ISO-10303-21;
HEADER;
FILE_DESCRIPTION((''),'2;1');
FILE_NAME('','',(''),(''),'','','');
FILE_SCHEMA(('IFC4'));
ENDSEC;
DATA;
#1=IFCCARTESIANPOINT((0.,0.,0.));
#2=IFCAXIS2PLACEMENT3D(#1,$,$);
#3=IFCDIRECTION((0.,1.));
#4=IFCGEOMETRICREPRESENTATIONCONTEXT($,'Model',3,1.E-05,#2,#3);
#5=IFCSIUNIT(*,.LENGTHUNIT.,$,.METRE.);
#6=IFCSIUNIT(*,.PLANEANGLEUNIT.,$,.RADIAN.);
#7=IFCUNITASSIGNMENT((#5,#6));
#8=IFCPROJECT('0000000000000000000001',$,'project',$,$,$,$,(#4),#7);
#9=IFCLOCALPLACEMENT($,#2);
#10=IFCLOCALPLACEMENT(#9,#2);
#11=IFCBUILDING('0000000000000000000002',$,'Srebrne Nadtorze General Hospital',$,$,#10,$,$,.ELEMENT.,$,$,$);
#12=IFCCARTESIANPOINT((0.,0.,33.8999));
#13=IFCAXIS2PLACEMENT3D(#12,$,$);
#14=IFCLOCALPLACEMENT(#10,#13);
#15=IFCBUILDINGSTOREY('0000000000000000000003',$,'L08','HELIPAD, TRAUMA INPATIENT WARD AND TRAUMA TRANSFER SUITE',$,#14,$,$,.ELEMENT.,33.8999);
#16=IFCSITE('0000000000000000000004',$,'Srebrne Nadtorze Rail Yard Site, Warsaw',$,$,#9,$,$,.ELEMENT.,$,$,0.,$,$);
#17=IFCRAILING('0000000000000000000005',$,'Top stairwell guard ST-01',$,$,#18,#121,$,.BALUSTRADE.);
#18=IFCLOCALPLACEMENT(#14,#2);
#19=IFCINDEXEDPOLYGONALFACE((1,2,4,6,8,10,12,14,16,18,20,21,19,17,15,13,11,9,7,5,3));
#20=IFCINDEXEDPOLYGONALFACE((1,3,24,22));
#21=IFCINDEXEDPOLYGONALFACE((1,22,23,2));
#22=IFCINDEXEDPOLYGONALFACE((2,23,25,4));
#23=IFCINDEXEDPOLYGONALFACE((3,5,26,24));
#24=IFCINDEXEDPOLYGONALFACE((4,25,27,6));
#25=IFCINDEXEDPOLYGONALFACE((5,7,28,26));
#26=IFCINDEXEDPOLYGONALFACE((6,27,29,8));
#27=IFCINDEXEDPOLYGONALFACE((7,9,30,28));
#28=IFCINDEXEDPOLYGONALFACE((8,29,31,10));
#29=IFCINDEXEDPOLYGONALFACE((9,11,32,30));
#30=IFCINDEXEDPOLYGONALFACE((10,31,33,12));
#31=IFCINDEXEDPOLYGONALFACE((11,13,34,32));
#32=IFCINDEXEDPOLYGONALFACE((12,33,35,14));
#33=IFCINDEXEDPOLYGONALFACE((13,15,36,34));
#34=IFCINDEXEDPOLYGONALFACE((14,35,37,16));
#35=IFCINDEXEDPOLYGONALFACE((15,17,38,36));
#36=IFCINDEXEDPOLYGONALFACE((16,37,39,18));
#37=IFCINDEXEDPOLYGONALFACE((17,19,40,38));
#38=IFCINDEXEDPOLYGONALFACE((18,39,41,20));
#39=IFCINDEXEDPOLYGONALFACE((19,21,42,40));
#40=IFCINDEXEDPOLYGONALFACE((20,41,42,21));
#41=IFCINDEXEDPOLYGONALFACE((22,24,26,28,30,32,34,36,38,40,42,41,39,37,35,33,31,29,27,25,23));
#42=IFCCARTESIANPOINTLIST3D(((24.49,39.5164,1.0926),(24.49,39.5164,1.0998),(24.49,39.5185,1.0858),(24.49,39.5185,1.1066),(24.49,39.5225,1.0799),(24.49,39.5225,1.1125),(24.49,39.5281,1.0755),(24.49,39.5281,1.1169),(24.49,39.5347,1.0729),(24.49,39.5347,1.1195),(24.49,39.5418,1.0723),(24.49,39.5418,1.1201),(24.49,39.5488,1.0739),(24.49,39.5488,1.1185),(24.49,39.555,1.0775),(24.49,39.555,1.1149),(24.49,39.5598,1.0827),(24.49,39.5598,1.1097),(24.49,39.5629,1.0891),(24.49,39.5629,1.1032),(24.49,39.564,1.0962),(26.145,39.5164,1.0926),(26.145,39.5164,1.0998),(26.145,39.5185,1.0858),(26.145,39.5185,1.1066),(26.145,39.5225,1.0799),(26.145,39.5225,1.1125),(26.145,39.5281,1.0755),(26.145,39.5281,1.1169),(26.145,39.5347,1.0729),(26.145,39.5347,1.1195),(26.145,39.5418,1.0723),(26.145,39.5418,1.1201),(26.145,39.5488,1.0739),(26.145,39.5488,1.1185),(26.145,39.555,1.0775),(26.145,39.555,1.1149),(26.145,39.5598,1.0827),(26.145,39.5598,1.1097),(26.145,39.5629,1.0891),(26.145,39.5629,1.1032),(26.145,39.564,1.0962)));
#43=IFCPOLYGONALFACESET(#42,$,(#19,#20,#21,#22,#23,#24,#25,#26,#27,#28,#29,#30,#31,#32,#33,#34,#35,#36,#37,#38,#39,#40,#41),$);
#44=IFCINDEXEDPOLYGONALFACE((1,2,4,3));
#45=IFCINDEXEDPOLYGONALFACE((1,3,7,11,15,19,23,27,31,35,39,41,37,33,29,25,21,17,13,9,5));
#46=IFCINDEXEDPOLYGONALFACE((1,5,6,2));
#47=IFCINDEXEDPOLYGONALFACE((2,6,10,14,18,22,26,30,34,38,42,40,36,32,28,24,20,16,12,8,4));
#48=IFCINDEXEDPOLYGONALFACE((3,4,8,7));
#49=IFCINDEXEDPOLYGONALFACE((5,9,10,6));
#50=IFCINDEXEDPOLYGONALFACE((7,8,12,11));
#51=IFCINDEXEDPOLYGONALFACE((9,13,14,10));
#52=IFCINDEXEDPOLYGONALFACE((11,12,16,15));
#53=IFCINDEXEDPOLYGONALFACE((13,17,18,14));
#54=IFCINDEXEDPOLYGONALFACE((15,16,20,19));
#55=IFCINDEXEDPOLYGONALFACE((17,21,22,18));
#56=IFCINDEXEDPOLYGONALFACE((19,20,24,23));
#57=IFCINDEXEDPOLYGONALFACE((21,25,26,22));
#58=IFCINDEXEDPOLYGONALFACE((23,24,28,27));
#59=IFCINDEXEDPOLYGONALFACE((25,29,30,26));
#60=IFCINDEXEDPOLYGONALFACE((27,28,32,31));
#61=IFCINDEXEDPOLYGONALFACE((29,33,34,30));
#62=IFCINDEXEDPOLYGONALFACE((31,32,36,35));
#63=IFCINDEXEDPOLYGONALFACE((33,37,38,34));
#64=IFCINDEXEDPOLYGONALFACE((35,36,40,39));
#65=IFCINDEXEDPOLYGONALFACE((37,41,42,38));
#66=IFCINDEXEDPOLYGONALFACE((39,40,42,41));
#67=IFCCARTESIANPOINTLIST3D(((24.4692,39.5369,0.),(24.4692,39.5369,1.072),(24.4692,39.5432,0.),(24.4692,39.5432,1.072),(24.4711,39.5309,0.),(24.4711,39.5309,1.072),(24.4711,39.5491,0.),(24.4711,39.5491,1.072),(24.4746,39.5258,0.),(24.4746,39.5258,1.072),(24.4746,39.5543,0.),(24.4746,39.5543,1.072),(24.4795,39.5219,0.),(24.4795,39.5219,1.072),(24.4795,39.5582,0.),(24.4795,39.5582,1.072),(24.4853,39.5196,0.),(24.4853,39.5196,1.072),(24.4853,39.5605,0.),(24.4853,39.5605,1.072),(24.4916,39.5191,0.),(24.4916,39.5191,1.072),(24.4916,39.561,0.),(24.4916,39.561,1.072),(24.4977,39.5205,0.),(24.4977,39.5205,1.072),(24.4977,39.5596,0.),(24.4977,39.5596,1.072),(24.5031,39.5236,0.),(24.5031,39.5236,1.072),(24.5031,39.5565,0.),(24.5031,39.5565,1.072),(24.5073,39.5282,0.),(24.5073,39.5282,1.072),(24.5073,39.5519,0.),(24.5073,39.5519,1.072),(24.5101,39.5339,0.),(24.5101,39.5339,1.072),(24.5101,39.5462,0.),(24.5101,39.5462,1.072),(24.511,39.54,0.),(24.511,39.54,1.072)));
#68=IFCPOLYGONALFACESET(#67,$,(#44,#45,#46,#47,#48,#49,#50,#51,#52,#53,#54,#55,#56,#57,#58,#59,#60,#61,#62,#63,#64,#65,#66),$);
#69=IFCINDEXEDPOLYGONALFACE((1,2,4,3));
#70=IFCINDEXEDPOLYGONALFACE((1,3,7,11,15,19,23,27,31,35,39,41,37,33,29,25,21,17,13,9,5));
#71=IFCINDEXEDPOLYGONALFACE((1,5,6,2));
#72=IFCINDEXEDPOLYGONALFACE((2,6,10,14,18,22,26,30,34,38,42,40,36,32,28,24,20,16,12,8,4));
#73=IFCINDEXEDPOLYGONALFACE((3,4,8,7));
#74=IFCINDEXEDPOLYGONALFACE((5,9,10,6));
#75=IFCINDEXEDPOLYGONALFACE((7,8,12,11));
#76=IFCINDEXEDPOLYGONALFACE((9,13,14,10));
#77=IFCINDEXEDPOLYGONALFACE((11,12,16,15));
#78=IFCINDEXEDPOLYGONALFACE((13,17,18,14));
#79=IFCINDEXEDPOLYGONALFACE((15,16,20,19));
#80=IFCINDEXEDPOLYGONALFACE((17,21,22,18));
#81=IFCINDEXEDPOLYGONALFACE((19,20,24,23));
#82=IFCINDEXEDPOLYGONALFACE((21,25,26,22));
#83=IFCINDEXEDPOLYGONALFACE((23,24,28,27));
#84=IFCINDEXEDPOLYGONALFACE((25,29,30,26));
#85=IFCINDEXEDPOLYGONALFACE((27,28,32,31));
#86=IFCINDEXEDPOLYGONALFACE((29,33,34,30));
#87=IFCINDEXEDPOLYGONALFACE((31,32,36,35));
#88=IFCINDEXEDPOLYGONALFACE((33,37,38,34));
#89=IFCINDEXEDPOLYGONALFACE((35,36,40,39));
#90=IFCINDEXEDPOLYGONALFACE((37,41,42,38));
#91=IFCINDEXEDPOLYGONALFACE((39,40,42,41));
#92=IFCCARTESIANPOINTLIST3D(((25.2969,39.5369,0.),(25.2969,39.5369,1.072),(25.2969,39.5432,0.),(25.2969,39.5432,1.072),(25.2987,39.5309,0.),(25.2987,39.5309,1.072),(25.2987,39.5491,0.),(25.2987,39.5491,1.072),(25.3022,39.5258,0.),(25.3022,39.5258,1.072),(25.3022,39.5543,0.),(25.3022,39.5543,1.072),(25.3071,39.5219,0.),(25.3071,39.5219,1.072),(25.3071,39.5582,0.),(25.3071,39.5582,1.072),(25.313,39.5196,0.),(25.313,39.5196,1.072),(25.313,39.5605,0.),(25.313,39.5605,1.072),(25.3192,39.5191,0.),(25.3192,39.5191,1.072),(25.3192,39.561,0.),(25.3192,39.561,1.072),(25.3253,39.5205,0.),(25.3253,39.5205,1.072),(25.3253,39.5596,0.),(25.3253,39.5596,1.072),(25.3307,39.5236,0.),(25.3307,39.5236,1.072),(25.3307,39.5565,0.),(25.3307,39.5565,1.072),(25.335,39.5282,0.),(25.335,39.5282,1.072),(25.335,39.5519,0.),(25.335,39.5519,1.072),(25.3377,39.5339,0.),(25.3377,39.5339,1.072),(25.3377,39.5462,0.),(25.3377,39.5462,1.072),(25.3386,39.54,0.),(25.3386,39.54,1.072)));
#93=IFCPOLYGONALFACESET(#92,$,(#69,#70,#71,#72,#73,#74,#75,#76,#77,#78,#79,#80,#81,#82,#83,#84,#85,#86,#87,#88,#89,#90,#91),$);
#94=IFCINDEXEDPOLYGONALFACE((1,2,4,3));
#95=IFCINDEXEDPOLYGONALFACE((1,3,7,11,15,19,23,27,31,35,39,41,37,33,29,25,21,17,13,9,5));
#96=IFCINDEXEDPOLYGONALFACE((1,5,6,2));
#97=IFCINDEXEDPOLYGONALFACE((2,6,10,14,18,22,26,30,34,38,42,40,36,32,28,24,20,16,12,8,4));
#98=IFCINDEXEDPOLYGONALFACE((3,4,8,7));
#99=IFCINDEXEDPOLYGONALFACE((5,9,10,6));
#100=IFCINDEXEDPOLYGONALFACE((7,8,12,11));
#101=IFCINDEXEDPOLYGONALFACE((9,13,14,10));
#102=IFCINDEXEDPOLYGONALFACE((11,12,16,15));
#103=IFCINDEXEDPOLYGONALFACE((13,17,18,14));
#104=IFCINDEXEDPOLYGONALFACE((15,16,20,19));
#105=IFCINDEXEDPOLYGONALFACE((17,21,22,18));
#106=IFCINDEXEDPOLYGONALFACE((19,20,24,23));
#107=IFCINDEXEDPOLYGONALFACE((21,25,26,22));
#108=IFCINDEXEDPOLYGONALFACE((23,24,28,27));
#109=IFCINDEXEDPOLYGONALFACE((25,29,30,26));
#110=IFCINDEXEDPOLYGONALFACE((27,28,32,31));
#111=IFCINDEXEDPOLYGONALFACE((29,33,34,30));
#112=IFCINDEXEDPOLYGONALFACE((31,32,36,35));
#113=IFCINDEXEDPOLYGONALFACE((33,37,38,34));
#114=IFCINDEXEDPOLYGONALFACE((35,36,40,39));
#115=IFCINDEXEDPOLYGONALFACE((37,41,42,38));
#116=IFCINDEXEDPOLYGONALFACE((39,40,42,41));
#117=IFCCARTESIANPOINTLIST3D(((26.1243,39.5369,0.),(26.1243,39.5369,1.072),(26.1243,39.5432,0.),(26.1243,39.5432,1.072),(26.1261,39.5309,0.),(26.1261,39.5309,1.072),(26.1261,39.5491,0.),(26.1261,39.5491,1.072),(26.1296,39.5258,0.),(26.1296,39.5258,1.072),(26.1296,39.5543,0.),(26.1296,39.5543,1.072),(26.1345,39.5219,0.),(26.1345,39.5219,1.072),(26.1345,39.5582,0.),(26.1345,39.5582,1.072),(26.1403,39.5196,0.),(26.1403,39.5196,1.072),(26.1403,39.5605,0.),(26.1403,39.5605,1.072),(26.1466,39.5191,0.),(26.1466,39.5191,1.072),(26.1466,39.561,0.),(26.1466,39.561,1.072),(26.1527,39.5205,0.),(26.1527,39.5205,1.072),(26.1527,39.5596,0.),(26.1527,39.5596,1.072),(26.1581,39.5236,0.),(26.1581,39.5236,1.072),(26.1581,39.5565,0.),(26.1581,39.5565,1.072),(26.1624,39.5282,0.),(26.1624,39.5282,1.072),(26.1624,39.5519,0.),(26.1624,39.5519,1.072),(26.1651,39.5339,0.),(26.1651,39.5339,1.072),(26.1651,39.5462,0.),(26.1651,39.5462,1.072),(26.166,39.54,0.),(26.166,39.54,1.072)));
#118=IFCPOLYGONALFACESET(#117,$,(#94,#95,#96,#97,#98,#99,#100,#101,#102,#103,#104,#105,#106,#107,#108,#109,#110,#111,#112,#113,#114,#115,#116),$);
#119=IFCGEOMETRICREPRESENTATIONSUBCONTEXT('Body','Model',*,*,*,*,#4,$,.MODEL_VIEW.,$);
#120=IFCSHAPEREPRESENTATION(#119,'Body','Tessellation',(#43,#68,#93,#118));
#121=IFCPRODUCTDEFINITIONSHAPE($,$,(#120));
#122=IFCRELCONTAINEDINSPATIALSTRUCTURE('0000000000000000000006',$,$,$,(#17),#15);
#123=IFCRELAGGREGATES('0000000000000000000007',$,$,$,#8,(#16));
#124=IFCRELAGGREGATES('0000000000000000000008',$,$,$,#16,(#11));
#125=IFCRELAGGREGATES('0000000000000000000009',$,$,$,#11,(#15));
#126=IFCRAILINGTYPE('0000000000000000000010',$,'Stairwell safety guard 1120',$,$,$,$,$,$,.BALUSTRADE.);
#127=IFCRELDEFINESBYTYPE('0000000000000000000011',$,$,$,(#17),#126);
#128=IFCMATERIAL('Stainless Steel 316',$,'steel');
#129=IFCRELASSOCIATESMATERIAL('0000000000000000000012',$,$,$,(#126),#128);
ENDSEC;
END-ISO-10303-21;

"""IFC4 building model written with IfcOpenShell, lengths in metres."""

from ifc_helpers import new_model, si_unit, direction, frame, origin, origin_2d, place, context, subcontext, project, spatial, circle, extrude, material, type_object, element, save


model = new_model("IFC4")

# Units and contexts
model_context = context("Model", 3, precision=1e-05, world=origin(), true_north=direction((0.0, 1.0)))
body_context = subcontext(model_context, "Body", "Model", "MODEL_VIEW")
ifc_project = project(units=[si_unit("LENGTHUNIT", "METRE"), si_unit("PLANEANGLEUNIT", "RADIAN")], contexts=[model_context])

# Site, building, storey
site_placement = place(None, origin())
site = spatial("IfcSite", under=ifc_project, at=site_placement, Name="Srebrne Nadtorze Rail Yard Site, Warsaw", CompositionType="ELEMENT", RefElevation=0.0)
building_placement = place(site_placement, origin())
building = spatial("IfcBuilding", under=site, at=building_placement, Name="Srebrne Nadtorze General Hospital", CompositionType="ELEMENT")
storey_placement = place(building_placement, frame((0.0, 0.0, 33.8999)))
storey = spatial("IfcBuildingStorey", under=building, at=storey_placement, Name="L08", Description="HELIPAD, TRAUMA INPATIENT WARD AND TRAUMA TRANSFER SUITE", CompositionType="ELEMENT", Elevation=33.8999)

# Railing
ifc_material_1 = material(Name="Stainless Steel 316", Category="steel")
railing_type = type_object("IfcRailingType", Name="Stairwell safety guard 1120", PredefinedType="BALUSTRADE", material=ifc_material_1)
railing_placement = place(storey_placement, frame((24.49, 39.54, 0.0)))
element("IfcRailing", 1, at=railing_placement, inside=storey, type_object=railing_type, Name="Top stairwell guard ST-01", PredefinedType="BALUSTRADE", context=body_context, shape_type="SweptSolid", body=[
    extrude(circle(Radius=0.0239, at=origin_2d()), frame((0.0, 0.0, 1.0962), z_axis=(1.0, 0.0, 0.0), x_axis=(0.0, 1.0, 0.0)), (0.0, 0.0, 1.0), 1.655),
    extrude(circle(Radius=0.021, at=origin_2d()), origin(), (0.0, 0.0, 1.0), 1.072),
    extrude(circle(Radius=0.021, at=origin_2d()), frame((0.8276, 0.0, 0.0)), (0.0, 0.0, 1.0), 1.072),
    extrude(circle(Radius=0.021, at=origin_2d()), frame((1.655, 0.0, 0.0)), (0.0, 0.0, 1.0), 1.072),
])

save(model, "model.ifc")
